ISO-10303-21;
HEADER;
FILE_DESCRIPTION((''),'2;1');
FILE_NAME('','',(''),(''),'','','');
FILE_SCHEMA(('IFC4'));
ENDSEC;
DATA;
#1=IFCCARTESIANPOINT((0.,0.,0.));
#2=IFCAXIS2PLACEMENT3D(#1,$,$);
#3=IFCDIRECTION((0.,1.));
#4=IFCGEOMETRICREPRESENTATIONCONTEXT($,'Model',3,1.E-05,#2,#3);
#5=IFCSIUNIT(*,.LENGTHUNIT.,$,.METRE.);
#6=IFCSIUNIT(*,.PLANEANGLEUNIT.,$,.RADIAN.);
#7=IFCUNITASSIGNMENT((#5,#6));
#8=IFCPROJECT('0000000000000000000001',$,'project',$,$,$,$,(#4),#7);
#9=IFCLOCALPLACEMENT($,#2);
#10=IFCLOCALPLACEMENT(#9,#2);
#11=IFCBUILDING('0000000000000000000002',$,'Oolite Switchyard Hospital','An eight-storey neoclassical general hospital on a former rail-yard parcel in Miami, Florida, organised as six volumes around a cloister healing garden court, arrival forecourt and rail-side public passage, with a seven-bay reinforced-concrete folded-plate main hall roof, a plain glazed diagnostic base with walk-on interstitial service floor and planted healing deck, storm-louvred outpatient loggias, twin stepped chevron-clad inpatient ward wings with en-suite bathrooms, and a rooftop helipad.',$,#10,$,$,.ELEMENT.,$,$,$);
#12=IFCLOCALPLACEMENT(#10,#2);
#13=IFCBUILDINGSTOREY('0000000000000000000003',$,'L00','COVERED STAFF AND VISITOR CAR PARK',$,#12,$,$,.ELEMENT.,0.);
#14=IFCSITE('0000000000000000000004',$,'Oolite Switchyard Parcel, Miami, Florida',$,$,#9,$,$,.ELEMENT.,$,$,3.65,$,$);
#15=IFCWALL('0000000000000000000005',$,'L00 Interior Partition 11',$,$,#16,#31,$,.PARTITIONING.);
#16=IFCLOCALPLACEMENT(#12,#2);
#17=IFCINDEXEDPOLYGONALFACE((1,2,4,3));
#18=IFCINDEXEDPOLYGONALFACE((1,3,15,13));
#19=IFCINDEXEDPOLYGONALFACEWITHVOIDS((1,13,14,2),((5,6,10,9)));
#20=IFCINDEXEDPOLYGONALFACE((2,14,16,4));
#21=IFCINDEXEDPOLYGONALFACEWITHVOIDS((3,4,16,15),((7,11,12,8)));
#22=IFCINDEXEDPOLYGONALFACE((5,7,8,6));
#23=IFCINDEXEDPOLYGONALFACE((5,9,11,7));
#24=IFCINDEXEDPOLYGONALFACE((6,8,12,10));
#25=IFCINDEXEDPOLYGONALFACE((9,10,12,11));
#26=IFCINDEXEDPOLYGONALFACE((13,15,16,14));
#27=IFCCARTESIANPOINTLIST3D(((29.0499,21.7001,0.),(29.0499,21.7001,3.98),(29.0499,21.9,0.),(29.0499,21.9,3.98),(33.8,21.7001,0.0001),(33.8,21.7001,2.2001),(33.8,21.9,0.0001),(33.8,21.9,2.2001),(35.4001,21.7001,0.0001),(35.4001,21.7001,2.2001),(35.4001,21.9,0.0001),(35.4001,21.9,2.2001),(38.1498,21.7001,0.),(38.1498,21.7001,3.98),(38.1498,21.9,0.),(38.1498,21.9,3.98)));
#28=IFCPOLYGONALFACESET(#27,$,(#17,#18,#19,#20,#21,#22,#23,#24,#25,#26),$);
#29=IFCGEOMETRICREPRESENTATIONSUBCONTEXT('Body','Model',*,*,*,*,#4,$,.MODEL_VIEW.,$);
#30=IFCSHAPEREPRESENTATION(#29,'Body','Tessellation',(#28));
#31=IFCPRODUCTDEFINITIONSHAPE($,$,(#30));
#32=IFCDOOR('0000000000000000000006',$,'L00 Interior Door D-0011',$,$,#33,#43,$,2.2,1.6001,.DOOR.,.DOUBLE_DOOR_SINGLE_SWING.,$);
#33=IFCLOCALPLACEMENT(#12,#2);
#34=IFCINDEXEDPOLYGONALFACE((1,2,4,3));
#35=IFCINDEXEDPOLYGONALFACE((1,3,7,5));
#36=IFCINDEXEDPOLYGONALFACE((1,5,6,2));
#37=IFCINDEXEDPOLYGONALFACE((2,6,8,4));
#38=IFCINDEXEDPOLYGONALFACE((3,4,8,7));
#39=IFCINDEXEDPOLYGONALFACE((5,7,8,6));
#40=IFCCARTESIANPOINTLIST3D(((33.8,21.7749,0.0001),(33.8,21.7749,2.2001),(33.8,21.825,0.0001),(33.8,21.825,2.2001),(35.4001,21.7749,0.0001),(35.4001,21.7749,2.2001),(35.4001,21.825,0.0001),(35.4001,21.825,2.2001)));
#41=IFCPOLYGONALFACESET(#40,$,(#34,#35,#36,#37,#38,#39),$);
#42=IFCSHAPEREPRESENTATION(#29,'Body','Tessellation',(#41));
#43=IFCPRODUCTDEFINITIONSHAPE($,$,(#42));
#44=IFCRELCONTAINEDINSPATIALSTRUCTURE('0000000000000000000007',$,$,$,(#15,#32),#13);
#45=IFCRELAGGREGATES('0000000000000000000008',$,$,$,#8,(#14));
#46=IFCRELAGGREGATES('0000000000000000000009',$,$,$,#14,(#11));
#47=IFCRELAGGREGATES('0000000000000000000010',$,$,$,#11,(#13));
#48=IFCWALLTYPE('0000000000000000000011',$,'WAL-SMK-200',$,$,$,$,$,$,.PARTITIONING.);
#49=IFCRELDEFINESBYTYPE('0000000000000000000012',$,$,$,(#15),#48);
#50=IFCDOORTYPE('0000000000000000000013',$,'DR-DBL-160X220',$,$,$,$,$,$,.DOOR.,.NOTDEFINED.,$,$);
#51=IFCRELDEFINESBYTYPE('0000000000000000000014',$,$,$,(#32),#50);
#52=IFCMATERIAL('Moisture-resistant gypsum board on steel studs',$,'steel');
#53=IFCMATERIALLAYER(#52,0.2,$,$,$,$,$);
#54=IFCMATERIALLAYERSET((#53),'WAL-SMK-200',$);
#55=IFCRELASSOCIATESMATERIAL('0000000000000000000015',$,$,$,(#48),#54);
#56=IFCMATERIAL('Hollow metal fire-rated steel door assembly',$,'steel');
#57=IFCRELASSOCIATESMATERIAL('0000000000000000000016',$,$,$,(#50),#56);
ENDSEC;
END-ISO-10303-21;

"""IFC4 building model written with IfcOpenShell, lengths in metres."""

from ifc_helpers import new_model, si_unit, direction, frame, frame_2d, origin, place, context, subcontext, project, spatial, rectangle, extrude, material, layer, layer_set, type_object, element, fill, save


model = new_model("IFC4")

# Units and contexts
model_context = context("Model", 3, precision=1e-05, world=origin(), true_north=direction((0.0, 1.0)))
body_context = subcontext(model_context, "Body", "Model", "MODEL_VIEW")
ifc_project = project(units=[si_unit("LENGTHUNIT", "METRE"), si_unit("PLANEANGLEUNIT", "RADIAN")], contexts=[model_context])

# Site, building, storey
site_placement = place(None, origin())
site = spatial("IfcSite", under=ifc_project, at=site_placement, Name="Oolite Switchyard Parcel, Miami, Florida", CompositionType="ELEMENT", RefElevation=3.65)
building_placement = place(site_placement, origin())
building = spatial("IfcBuilding", under=site, at=building_placement, Name="Oolite Switchyard Hospital", Description="An eight-storey neoclassical general hospital on a former rail-yard parcel in Miami, Florida, organised as six volumes around a cloister healing garden court, arrival forecourt and rail-side public passage, with a seven-bay reinforced-concrete folded-plate main hall roof, a plain glazed diagnostic base with walk-on interstitial service floor and planted healing deck, storm-louvred outpatient loggias, twin stepped chevron-clad inpatient ward wings with en-suite bathrooms, and a rooftop helipad.", CompositionType="ELEMENT")
storey_placement = place(building_placement, origin())
storey = spatial("IfcBuildingStorey", under=building, at=storey_placement, Name="L00", Description="COVERED STAFF AND VISITOR CAR PARK", CompositionType="ELEMENT", Elevation=0.0)

# Wall, opening, door
ifc_material_1 = material(Name="Moisture-resistant gypsum board on steel studs", Category="steel")
ifc_layer_1 = layer(ifc_material_1, 0.2)
ifc_layer_set_1 = layer_set([ifc_layer_1], Name="WAL-SMK-200")
wall_type_1 = type_object("IfcWallType", Name="WAL-SMK-200", PredefinedType="PARTITIONING", material=ifc_layer_set_1)
wall_1_placement = place(storey_placement, frame((29.05, 21.8, 0.0), z_axis=(0.0, 0.0, 1.0), x_axis=(1.0, 0.0, 0.0)))
wall_1 = element("IfcWall", 1, at=wall_1_placement, inside=storey, type_object=wall_type_1, Name="L00 Interior Partition 11", PredefinedType="PARTITIONING", context=body_context, shape_type="SweptSolid", body=[
    extrude(rectangle(XDim=9.0999, YDim=0.2, at=frame_2d((4.5498, 0.0))), origin(), (0.0, 0.0, 1.0), 3.98),
])
opening_1_placement = place(wall_1_placement, frame((4.75, 0.0, 0.0)))
opening_1 = element("IfcOpeningElement", 2, at=opening_1_placement, cuts=wall_1, PredefinedType="OPENING", context=body_context, shape_type="SweptSolid", body=[
    extrude(rectangle(XDim=1.6001, YDim=2.2, at=frame_2d((0.8, 1.1001))), frame((0.0, 0.1099, 0.0), z_axis=(0.0, -1.0, 0.0), x_axis=(1.0, 0.0, 0.0)), (0.0, 0.0, 1.0), 0.22),
])
ifc_material_2 = material(Name="Hollow metal fire-rated steel door assembly", Category="steel")
door_type_1 = type_object("IfcDoorType", Name="DR-DBL-160X220", OperationType="NOTDEFINED", PredefinedType="DOOR", material=ifc_material_2)
door_1_placement = place(opening_1_placement, origin())
door_1 = element("IfcDoor", 3, at=door_1_placement, inside=storey, type_object=door_type_1, Name="L00 Interior Door D-0011", OperationType="DOUBLE_DOOR_SINGLE_SWING", OverallHeight=2.2, OverallWidth=1.6001, PredefinedType="DOOR", context=body_context, shape_type="SweptSolid", body=[
    extrude(rectangle(XDim=1.6001, YDim=2.2, at=frame_2d((0.8, 1.1001))), frame((0.0, 0.0249, 0.0), z_axis=(0.0, -1.0, 0.0), x_axis=(1.0, 0.0, 0.0)), (0.0, 0.0, 1.0), 0.05),
])
fill(opening_1, door_1)

save(model, "model.ifc")
